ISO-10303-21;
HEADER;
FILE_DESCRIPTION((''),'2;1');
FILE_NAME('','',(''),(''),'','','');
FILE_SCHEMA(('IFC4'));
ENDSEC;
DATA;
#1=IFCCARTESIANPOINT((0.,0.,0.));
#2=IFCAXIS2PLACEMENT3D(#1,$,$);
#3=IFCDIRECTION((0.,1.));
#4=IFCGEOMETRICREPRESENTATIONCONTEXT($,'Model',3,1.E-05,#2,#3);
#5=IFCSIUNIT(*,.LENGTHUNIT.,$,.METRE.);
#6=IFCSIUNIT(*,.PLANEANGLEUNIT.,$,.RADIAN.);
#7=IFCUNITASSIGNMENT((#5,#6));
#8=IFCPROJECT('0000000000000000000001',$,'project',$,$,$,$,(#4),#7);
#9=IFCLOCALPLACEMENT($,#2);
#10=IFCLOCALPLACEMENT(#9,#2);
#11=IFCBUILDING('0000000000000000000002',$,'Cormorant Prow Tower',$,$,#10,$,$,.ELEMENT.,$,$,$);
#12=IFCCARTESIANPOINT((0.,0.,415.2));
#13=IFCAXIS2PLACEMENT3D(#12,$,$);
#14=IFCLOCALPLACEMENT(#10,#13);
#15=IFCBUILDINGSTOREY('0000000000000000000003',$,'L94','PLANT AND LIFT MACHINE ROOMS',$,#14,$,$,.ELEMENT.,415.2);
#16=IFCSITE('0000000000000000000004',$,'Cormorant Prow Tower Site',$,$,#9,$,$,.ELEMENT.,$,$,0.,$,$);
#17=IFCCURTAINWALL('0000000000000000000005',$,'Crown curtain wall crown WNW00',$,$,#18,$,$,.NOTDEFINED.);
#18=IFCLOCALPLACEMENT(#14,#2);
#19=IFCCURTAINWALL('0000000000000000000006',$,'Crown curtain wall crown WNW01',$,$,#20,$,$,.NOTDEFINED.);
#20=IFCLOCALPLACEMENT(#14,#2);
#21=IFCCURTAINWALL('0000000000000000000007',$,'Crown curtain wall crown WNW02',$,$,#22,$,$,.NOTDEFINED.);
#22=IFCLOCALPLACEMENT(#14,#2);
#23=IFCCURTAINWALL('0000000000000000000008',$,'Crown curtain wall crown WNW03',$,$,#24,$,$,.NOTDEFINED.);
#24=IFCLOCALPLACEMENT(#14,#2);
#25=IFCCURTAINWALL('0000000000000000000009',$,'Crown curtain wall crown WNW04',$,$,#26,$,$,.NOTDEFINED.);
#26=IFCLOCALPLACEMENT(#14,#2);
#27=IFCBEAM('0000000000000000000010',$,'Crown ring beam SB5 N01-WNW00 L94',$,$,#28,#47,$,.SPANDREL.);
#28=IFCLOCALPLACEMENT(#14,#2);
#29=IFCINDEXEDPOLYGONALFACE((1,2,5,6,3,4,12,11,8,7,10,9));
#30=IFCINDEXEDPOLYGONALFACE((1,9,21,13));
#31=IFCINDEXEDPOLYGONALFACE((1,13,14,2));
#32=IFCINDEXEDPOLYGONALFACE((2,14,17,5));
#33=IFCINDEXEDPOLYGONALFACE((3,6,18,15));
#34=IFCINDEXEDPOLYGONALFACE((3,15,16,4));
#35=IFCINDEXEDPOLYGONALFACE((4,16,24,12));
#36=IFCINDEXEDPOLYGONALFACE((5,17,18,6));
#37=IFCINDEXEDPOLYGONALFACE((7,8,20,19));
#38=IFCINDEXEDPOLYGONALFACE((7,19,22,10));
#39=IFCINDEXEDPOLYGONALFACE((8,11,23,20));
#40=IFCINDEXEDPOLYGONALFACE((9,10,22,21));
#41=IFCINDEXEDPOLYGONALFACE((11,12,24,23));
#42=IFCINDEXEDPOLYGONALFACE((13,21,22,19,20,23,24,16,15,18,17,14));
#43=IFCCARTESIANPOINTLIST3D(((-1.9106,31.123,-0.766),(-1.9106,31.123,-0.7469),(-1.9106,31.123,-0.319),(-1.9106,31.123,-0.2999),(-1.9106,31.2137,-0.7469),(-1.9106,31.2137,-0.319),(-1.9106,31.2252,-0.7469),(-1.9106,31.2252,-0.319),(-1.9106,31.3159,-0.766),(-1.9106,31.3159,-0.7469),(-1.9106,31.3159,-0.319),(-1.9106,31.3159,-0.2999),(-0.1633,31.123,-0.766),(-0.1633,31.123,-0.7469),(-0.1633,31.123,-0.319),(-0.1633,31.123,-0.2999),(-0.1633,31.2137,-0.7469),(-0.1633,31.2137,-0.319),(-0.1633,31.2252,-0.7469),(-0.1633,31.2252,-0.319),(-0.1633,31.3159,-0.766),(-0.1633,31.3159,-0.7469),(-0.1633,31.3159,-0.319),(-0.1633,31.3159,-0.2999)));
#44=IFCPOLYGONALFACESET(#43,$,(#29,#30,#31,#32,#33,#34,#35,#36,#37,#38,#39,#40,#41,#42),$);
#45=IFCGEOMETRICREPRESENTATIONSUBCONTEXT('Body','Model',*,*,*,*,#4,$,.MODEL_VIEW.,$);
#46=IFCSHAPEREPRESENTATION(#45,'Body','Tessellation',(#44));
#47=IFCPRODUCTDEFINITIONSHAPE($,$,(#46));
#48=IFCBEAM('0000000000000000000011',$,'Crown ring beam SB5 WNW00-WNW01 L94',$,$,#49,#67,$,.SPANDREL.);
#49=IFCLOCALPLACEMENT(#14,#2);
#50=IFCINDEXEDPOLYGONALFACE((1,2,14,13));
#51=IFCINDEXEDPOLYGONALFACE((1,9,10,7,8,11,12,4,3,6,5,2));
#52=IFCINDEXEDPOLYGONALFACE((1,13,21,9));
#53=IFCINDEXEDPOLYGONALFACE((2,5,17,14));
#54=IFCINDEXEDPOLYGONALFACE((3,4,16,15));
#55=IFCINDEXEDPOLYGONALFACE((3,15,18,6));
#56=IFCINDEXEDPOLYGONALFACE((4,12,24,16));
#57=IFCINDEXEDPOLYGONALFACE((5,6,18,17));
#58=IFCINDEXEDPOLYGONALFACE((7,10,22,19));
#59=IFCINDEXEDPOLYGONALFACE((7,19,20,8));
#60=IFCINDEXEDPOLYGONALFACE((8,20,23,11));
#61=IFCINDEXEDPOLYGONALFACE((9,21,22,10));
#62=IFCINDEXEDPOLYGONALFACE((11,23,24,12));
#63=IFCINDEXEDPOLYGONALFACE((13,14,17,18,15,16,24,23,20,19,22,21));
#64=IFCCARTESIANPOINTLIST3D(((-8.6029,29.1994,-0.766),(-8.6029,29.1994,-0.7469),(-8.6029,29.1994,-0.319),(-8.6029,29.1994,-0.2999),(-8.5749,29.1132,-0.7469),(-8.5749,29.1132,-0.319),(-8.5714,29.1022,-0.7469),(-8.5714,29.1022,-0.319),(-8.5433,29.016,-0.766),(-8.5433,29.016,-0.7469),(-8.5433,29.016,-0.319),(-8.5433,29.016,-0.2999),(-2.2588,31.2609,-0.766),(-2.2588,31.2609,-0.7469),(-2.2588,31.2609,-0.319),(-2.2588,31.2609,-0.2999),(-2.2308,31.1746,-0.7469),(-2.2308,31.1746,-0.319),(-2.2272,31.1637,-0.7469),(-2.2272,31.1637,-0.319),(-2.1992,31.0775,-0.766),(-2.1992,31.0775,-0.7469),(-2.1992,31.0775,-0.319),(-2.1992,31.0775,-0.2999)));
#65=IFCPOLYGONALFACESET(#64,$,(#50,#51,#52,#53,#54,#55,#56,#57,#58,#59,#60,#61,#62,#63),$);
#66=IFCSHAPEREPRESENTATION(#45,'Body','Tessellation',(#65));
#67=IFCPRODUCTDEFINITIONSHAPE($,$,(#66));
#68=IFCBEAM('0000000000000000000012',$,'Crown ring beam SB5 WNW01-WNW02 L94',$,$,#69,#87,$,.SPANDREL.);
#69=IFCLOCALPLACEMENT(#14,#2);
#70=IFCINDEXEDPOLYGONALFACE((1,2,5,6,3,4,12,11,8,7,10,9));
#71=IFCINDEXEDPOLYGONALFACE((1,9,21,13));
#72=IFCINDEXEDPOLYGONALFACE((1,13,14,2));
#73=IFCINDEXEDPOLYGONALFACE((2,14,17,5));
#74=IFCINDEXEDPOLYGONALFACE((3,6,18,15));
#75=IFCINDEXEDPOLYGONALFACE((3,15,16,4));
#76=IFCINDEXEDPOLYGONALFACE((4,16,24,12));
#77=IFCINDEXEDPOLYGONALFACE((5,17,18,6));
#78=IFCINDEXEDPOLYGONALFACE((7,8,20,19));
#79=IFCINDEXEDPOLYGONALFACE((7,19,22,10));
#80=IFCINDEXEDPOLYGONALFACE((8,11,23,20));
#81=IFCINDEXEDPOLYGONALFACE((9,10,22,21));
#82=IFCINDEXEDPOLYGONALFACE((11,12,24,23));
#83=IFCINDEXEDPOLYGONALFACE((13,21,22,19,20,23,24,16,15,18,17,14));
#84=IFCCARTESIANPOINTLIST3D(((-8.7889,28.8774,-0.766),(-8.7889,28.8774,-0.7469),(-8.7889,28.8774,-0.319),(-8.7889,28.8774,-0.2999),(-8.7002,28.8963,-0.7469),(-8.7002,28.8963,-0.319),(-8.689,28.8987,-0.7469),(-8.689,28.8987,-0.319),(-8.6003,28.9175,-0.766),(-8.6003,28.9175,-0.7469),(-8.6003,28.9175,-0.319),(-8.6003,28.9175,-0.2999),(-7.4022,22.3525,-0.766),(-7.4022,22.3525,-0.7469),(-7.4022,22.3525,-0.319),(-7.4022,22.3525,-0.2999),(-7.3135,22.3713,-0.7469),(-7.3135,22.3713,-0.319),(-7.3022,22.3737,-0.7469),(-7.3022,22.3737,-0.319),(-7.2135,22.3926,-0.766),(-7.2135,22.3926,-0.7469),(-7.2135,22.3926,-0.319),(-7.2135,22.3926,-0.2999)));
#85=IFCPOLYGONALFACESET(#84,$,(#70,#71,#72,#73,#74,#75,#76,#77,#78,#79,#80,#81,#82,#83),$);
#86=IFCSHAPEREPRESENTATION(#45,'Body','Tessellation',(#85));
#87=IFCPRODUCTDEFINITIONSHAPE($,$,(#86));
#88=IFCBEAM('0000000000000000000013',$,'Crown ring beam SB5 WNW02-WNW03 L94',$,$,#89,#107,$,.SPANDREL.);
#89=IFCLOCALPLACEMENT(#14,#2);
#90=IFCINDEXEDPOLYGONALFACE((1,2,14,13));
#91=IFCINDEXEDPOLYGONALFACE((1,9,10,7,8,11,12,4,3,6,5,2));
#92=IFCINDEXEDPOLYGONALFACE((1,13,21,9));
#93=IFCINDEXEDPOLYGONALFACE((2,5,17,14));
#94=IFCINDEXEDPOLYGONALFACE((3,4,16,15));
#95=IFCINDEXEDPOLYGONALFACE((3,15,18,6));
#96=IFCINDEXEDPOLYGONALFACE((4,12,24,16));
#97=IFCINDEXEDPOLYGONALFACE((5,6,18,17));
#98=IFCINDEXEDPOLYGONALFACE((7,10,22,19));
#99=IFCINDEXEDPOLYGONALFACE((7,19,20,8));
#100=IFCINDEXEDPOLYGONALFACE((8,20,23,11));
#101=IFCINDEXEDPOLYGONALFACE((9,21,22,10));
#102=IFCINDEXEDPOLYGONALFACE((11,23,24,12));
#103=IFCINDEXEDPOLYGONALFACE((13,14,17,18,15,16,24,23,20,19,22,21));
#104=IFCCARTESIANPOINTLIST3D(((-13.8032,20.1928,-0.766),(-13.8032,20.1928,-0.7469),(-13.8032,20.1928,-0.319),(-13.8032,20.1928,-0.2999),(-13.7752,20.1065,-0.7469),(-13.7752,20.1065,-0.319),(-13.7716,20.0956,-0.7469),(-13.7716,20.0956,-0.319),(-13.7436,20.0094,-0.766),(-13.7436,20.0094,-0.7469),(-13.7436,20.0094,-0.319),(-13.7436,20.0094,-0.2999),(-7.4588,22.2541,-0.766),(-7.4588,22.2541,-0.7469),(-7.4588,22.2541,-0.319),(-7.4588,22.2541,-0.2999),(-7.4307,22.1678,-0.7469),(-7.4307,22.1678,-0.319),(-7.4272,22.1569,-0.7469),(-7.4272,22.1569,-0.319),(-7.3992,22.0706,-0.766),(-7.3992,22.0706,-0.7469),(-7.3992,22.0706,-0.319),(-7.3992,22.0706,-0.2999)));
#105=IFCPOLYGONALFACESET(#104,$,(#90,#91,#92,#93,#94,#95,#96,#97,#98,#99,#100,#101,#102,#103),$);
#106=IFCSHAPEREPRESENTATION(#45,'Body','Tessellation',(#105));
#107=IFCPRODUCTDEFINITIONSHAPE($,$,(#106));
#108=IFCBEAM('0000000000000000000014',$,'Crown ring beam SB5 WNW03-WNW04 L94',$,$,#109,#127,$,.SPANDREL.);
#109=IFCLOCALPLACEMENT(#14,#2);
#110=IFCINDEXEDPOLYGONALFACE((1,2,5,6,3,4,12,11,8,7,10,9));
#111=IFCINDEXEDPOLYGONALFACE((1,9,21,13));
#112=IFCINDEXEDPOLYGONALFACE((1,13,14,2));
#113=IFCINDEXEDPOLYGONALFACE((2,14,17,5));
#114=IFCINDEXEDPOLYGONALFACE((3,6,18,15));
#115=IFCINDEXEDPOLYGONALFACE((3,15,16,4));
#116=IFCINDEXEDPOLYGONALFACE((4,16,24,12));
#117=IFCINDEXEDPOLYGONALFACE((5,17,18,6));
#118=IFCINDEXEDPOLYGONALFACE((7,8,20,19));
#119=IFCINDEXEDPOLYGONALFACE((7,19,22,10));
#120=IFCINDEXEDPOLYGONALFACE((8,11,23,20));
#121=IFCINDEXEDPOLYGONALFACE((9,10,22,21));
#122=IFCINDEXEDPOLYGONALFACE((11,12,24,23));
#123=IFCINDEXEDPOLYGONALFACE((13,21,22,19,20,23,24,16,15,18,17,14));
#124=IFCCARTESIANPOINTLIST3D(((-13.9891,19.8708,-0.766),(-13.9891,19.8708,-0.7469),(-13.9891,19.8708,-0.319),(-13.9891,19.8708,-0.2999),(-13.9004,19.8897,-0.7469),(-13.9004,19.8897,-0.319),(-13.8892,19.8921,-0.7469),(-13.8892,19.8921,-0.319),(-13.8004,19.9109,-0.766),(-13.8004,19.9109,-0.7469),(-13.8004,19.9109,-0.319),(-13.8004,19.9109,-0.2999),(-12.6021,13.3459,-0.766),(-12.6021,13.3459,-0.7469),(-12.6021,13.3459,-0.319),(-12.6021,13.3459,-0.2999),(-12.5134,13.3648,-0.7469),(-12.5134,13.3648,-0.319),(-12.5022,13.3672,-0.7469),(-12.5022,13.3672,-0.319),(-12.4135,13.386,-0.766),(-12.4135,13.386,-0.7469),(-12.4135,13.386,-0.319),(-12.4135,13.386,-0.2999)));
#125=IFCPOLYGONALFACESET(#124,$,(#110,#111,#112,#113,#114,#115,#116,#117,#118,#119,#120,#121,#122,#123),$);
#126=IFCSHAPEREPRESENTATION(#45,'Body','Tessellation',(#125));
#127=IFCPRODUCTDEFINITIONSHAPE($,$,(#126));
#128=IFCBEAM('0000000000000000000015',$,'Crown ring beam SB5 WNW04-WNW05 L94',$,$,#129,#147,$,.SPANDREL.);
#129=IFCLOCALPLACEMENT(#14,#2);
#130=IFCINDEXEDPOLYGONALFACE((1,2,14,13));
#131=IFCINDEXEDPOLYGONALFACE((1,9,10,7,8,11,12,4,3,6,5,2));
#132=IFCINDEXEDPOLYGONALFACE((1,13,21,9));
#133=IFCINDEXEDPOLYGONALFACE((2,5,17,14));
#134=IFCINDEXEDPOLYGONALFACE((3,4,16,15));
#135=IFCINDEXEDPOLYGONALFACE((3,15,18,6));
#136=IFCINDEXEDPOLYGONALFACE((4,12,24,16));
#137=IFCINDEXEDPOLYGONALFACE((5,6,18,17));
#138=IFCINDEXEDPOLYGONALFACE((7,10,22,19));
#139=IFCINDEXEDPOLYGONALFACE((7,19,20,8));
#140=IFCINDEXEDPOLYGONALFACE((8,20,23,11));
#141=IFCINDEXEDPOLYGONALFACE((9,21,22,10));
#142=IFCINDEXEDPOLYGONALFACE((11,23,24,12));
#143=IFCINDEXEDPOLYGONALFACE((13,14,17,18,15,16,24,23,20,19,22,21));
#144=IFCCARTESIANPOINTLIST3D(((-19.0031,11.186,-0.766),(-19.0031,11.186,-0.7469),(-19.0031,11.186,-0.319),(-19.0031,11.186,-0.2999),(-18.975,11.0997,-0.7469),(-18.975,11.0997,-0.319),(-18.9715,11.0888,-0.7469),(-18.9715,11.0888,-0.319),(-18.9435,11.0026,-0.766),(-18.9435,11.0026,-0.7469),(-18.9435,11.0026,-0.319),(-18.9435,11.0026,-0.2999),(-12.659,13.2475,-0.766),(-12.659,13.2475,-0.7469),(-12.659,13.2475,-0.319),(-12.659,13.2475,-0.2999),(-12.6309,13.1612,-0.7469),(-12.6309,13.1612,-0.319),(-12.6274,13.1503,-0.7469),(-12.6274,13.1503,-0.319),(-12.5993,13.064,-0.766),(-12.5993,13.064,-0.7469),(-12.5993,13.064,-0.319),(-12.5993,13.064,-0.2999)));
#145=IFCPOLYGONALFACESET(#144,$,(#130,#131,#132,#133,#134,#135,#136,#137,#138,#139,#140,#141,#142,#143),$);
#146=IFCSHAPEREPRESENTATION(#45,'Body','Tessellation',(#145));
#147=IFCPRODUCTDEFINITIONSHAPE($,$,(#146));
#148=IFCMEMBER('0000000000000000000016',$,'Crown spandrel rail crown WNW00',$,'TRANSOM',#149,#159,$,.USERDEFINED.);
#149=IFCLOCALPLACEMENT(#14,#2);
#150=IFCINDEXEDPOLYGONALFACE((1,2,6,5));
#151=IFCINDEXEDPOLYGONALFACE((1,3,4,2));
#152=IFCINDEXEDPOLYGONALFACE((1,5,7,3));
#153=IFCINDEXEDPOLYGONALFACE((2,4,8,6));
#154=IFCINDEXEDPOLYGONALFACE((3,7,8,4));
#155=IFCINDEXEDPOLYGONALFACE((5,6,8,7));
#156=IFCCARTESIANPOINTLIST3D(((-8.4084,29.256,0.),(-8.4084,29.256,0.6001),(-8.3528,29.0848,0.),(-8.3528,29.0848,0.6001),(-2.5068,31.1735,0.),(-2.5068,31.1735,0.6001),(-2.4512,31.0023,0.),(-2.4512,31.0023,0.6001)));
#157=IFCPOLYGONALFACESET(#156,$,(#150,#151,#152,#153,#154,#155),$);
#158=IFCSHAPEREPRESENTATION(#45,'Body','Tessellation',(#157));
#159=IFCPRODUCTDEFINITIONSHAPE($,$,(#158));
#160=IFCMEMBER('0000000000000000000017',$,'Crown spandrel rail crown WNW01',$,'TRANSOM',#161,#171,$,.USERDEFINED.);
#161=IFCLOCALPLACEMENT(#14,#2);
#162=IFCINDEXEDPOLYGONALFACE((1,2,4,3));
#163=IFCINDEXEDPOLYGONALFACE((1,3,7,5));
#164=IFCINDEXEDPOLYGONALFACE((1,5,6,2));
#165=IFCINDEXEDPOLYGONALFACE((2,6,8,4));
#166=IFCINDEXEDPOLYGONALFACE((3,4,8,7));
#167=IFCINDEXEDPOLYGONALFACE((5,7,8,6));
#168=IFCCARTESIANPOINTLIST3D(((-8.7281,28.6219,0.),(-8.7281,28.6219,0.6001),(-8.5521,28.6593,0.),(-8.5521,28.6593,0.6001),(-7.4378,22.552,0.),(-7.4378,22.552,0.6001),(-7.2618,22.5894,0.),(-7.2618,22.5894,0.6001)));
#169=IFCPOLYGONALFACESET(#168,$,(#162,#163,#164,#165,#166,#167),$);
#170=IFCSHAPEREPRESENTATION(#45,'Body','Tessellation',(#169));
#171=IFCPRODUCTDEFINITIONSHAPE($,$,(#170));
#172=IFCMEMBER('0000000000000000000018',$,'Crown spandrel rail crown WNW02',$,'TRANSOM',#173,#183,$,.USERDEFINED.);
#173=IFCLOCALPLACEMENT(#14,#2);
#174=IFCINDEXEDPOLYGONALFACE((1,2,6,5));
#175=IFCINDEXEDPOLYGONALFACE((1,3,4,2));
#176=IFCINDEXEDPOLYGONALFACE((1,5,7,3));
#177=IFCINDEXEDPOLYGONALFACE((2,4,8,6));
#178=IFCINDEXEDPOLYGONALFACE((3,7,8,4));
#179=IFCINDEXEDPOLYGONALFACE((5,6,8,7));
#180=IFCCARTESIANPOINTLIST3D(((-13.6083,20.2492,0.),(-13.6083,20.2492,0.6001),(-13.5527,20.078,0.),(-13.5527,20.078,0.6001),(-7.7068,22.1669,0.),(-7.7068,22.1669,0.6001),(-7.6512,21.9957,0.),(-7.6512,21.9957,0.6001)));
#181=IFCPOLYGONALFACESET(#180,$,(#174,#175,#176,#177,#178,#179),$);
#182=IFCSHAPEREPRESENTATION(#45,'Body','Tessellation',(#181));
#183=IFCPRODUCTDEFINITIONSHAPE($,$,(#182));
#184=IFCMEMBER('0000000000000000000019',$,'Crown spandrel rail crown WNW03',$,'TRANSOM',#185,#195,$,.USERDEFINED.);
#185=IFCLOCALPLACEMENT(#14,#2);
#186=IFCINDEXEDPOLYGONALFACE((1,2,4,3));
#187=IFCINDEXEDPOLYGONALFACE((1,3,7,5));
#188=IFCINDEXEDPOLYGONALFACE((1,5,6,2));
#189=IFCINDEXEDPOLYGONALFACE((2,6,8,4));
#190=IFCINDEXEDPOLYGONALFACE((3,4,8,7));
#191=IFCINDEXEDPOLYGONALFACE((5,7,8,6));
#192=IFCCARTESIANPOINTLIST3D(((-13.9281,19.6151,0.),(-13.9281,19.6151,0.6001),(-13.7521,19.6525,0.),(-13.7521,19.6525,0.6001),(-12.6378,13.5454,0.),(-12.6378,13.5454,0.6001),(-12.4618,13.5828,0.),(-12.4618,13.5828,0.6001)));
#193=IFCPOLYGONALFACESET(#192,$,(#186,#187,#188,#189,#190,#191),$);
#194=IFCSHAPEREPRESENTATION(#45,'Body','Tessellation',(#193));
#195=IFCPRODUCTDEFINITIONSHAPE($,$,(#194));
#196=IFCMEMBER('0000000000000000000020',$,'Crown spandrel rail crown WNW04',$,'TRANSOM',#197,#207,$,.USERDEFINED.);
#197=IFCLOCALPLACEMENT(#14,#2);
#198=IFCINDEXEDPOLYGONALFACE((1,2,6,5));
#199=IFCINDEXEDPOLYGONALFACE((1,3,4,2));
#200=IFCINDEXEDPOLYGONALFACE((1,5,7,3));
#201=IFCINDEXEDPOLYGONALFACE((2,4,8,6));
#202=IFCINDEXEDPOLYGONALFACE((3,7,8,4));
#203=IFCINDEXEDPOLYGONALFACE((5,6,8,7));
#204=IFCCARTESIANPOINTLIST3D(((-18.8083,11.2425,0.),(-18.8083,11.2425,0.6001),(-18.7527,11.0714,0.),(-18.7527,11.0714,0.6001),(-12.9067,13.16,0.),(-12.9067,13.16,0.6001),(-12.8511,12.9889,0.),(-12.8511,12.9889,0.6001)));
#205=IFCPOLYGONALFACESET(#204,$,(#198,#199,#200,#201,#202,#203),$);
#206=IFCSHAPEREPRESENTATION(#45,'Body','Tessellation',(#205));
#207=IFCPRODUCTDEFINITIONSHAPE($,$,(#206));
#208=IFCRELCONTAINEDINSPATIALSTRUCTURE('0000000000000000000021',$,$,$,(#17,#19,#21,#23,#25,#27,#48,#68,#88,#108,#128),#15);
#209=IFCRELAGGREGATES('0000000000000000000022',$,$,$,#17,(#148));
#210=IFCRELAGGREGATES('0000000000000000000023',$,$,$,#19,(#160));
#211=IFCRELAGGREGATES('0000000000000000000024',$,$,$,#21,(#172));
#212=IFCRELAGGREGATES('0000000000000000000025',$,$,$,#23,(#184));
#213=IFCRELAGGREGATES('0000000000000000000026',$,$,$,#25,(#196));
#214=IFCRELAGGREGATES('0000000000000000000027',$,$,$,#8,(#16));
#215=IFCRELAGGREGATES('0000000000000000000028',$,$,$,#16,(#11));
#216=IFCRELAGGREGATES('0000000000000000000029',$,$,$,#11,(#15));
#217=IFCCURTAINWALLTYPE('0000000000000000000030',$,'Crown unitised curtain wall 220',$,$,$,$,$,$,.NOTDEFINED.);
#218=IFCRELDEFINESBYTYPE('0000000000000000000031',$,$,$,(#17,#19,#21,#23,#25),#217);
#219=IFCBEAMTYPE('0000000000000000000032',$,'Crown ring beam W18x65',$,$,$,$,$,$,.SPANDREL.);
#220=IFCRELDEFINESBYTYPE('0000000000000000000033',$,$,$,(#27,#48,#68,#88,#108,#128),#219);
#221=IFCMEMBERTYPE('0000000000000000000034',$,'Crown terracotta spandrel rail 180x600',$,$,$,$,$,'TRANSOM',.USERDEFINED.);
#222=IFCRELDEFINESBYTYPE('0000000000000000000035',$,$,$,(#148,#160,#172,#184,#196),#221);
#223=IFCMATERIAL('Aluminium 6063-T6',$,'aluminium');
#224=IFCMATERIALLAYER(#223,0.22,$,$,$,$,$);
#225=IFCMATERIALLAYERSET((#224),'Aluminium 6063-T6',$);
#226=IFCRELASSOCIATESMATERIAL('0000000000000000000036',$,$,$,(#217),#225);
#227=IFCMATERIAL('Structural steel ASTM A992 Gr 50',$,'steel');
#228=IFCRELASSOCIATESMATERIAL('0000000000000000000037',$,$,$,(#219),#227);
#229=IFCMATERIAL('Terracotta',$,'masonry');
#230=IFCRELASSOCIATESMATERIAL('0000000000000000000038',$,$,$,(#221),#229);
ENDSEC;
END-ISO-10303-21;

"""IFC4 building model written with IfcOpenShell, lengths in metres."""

from ifc_helpers import new_model, si_unit, direction, frame, origin, origin_2d, place, context, subcontext, project, spatial, rectangle, i_section, extrude, material, layer, layer_set, material_profile, profile_set, type_object, element, aggregate, save


model = new_model("IFC4")

# Units and contexts
model_context = context("Model", 3, precision=1e-05, world=origin(), true_north=direction((0.0, 1.0)))
body_context = subcontext(model_context, "Body", "Model", "MODEL_VIEW")
ifc_project = project(units=[si_unit("LENGTHUNIT", "METRE"), si_unit("PLANEANGLEUNIT", "RADIAN")], contexts=[model_context])

# Site, building, storey
site_placement = place(None, origin())
site = spatial("IfcSite", under=ifc_project, at=site_placement, Name="Cormorant Prow Tower Site", CompositionType="ELEMENT", RefElevation=0.0)
building_placement = place(site_placement, origin())
building = spatial("IfcBuilding", under=site, at=building_placement, Name="Cormorant Prow Tower", CompositionType="ELEMENT")
storey_placement = place(building_placement, frame((0.0, 0.0, 415.2)))
storey = spatial("IfcBuildingStorey", under=building, at=storey_placement, Name="L94", Description="PLANT AND LIFT MACHINE ROOMS", CompositionType="ELEMENT", Elevation=415.2)

# Curtain walls
ifc_material_1 = material(Name="Aluminium 6063-T6", Category="aluminium")
ifc_layer_1 = layer(ifc_material_1, 0.22)
ifc_layer_set_1 = layer_set([ifc_layer_1], Name="Aluminium 6063-T6")
curtain_wall_type = type_object("IfcCurtainWallType", Name="Crown unitised curtain wall 220", PredefinedType="NOTDEFINED", material=ifc_layer_set_1)
curtain_wall_1_placement = place(storey_placement, origin())
curtain_wall_1 = element("IfcCurtainWall", 1, at=curtain_wall_1_placement, inside=storey, type_object=curtain_wall_type, Name="Crown curtain wall crown WNW00", PredefinedType="NOTDEFINED")
curtain_wall_2_placement = place(storey_placement, origin())
curtain_wall_2 = element("IfcCurtainWall", 2, at=curtain_wall_2_placement, inside=storey, type_object=curtain_wall_type, Name="Crown curtain wall crown WNW01", PredefinedType="NOTDEFINED")
curtain_wall_3_placement = place(storey_placement, origin())
curtain_wall_3 = element("IfcCurtainWall", 3, at=curtain_wall_3_placement, inside=storey, type_object=curtain_wall_type, Name="Crown curtain wall crown WNW02", PredefinedType="NOTDEFINED")
curtain_wall_4_placement = place(storey_placement, origin())
curtain_wall_4 = element("IfcCurtainWall", 4, at=curtain_wall_4_placement, inside=storey, type_object=curtain_wall_type, Name="Crown curtain wall crown WNW03", PredefinedType="NOTDEFINED")
curtain_wall_5_placement = place(storey_placement, origin())
curtain_wall_5 = element("IfcCurtainWall", 5, at=curtain_wall_5_placement, inside=storey, type_object=curtain_wall_type, Name="Crown curtain wall crown WNW04", PredefinedType="NOTDEFINED")

# Beams
ifc_material_2 = material(Name="Structural steel ASTM A992 Gr 50", Category="steel")
ifc_material_profile_1 = material_profile(ifc_material_2, i_section(OverallWidth=0.1929, OverallDepth=0.4661, WebThickness=0.0115, FlangeThickness=0.019, at=origin_2d()), Name="W18x65")
ifc_profile_set_1 = profile_set([ifc_material_profile_1], Name="Structural steel ASTM A992 Gr 50")
beam_type = type_object("IfcBeamType", Name="Crown ring beam W18x65", PredefinedType="SPANDREL", material=ifc_profile_set_1)
beam_1_placement = place(storey_placement, frame((-0.1633, 31.2195, -0.533), z_axis=(-1.0, 0.0, 0.0), x_axis=(0.0, -1.0, 0.0)))
element("IfcBeam", 6, at=beam_1_placement, inside=storey, type_object=beam_type, Name="Crown ring beam SB5 N01-WNW00 L94", PredefinedType="SPANDREL", context=body_context, shape_type="SweptSolid", body=[
    extrude(i_section(OverallWidth=0.1929, OverallDepth=0.4661, WebThickness=0.0115, FlangeThickness=0.019, at=origin_2d()), origin(), (0.0, 0.0, 1.0), 1.7473),
])
for number, where, z_axis, x_axis, name in (
    (7, (-2.229, 31.1692, -0.533), (-0.95105, -0.309038, 0.0), (0.309038, -0.95105, 0.0), "Crown ring beam SB5 WNW00-WNW01 L94"),
    (8, (-8.6946, 28.8975, -0.533), (0.207884, -0.978153, 0.0), (0.978153, 0.207884, 0.0), "Crown ring beam SB5 WNW01-WNW02 L94"),
):
    element("IfcBeam", number, at=place(storey_placement, frame(where, z_axis=z_axis, x_axis=x_axis)), inside=storey, type_object=beam_type, Name=name, PredefinedType="SPANDREL", context=body_context, shape_type="SweptSolid", body=[
        extrude(i_section(OverallWidth=0.1929, OverallDepth=0.4661, WebThickness=0.0115, FlangeThickness=0.019, at=origin_2d()), origin(), (0.0, 0.0, 1.0), 6.6707),
    ])
beam_2_placement = place(storey_placement, frame((-7.429, 22.1624, -0.533), z_axis=(-0.951064, -0.308994, 0.0), x_axis=(0.308994, -0.951064, 0.0)))
element("IfcBeam", 9, at=beam_2_placement, inside=storey, type_object=beam_type, Name="Crown ring beam SB5 WNW02-WNW03 L94", PredefinedType="SPANDREL", context=body_context, shape_type="SweptSolid", body=[
    extrude(i_section(OverallWidth=0.1929, OverallDepth=0.4661, WebThickness=0.0115, FlangeThickness=0.019, at=origin_2d()), origin(), (0.0, 0.0, 1.0), 6.6709),
])
for number, where, z_axis, x_axis, name in (
    (10, (-13.8948, 19.8909, -0.533), (0.207919, -0.978146, 0.0), (0.978146, 0.207919, 0.0), "Crown ring beam SB5 WNW03-WNW04 L94"),
    (11, (-12.6292, 13.1558, -0.533), (-0.95105, -0.309038, 0.0), (0.309038, -0.95105, 0.0), "Crown ring beam SB5 WNW04-WNW05 L94"),
):
    element("IfcBeam", number, at=place(storey_placement, frame(where, z_axis=z_axis, x_axis=x_axis)), inside=storey, type_object=beam_type, Name=name, PredefinedType="SPANDREL", context=body_context, shape_type="SweptSolid", body=[
        extrude(i_section(OverallWidth=0.1929, OverallDepth=0.4661, WebThickness=0.0115, FlangeThickness=0.019, at=origin_2d()), origin(), (0.0, 0.0, 1.0), 6.6707),
    ])

# Members
ifc_material_3 = material(Name="Terracotta", Category="masonry")
ifc_material_profile_2 = material_profile(ifc_material_3, rectangle(XDim=0.1799, YDim=0.6001, at=origin_2d()), Name="Crown terracotta spandrel rail 180x600")
ifc_profile_set_2 = profile_set([ifc_material_profile_2], Name="Terracotta")
member_type_1 = type_object("IfcMemberType", Name="Crown terracotta spandrel rail 180x600", ElementType="TRANSOM", PredefinedType="USERDEFINED", material=ifc_profile_set_2)
member_1_placement = place(storey_placement, frame((-2.479, 31.0879, 0.3), z_axis=(-0.95106, -0.309007, 0.0), x_axis=(0.309007, -0.95106, 0.0)))
member_1 = element("IfcMember", 12, at=member_1_placement, type_object=member_type_1, Name="Crown spandrel rail crown WNW00", ObjectType="TRANSOM", PredefinedType="USERDEFINED", context=body_context, shape_type="SweptSolid", body=[
    extrude(rectangle(XDim=0.1799, YDim=0.6001, at=origin_2d()), origin(), (0.0, 0.0, 1.0), 6.2053),
])
member_2_placement = place(storey_placement, frame((-8.6401, 28.6406, 0.3), z_axis=(0.207927, -0.978144, 0.0), x_axis=(0.978144, 0.207927, 0.0)))
member_2 = element("IfcMember", 13, at=member_2_placement, type_object=member_type_1, Name="Crown spandrel rail crown WNW01", ObjectType="TRANSOM", PredefinedType="USERDEFINED", context=body_context, shape_type="SweptSolid", body=[
    extrude(rectangle(XDim=0.1799, YDim=0.6001, at=origin_2d()), origin(), (0.0, 0.0, 1.0), 6.2056),
])
member_3_placement = place(storey_placement, frame((-7.679, 22.0813, 0.3), z_axis=(-0.951048, -0.309042, 0.0), x_axis=(0.309042, -0.951048, 0.0)))
member_3 = element("IfcMember", 14, at=member_3_placement, type_object=member_type_1, Name="Crown spandrel rail crown WNW02", ObjectType="TRANSOM", PredefinedType="USERDEFINED", context=body_context, shape_type="SweptSolid", body=[
    extrude(rectangle(XDim=0.1799, YDim=0.6001, at=origin_2d()), origin(), (0.0, 0.0, 1.0), 6.2053),
])
member_4_placement = place(storey_placement, frame((-13.8401, 19.6338, 0.3), z_axis=(0.207935, -0.978143, 0.0), x_axis=(0.978143, 0.207935, 0.0)))
member_4 = element("IfcMember", 15, at=member_4_placement, type_object=member_type_1, Name="Crown spandrel rail crown WNW03", ObjectType="TRANSOM", PredefinedType="USERDEFINED", context=body_context, shape_type="SweptSolid", body=[
    extrude(rectangle(XDim=0.1799, YDim=0.6001, at=origin_2d()), origin(), (0.0, 0.0, 1.0), 6.2053),
])
member_5_placement = place(storey_placement, frame((-12.8789, 13.0745, 0.3), z_axis=(-0.95106, -0.309007, 0.0), x_axis=(0.309007, -0.95106, 0.0)))
member_5 = element("IfcMember", 16, at=member_5_placement, type_object=member_type_1, Name="Crown spandrel rail crown WNW04", ObjectType="TRANSOM", PredefinedType="USERDEFINED", context=body_context, shape_type="SweptSolid", body=[
    extrude(rectangle(XDim=0.1799, YDim=0.6001, at=origin_2d()), origin(), (0.0, 0.0, 1.0), 6.2053),
])

aggregate(curtain_wall_1, [member_1])
aggregate(curtain_wall_2, [member_2])
aggregate(curtain_wall_3, [member_3])
aggregate(curtain_wall_4, [member_4])
aggregate(curtain_wall_5, [member_5])

save(model, "model.ifc")
